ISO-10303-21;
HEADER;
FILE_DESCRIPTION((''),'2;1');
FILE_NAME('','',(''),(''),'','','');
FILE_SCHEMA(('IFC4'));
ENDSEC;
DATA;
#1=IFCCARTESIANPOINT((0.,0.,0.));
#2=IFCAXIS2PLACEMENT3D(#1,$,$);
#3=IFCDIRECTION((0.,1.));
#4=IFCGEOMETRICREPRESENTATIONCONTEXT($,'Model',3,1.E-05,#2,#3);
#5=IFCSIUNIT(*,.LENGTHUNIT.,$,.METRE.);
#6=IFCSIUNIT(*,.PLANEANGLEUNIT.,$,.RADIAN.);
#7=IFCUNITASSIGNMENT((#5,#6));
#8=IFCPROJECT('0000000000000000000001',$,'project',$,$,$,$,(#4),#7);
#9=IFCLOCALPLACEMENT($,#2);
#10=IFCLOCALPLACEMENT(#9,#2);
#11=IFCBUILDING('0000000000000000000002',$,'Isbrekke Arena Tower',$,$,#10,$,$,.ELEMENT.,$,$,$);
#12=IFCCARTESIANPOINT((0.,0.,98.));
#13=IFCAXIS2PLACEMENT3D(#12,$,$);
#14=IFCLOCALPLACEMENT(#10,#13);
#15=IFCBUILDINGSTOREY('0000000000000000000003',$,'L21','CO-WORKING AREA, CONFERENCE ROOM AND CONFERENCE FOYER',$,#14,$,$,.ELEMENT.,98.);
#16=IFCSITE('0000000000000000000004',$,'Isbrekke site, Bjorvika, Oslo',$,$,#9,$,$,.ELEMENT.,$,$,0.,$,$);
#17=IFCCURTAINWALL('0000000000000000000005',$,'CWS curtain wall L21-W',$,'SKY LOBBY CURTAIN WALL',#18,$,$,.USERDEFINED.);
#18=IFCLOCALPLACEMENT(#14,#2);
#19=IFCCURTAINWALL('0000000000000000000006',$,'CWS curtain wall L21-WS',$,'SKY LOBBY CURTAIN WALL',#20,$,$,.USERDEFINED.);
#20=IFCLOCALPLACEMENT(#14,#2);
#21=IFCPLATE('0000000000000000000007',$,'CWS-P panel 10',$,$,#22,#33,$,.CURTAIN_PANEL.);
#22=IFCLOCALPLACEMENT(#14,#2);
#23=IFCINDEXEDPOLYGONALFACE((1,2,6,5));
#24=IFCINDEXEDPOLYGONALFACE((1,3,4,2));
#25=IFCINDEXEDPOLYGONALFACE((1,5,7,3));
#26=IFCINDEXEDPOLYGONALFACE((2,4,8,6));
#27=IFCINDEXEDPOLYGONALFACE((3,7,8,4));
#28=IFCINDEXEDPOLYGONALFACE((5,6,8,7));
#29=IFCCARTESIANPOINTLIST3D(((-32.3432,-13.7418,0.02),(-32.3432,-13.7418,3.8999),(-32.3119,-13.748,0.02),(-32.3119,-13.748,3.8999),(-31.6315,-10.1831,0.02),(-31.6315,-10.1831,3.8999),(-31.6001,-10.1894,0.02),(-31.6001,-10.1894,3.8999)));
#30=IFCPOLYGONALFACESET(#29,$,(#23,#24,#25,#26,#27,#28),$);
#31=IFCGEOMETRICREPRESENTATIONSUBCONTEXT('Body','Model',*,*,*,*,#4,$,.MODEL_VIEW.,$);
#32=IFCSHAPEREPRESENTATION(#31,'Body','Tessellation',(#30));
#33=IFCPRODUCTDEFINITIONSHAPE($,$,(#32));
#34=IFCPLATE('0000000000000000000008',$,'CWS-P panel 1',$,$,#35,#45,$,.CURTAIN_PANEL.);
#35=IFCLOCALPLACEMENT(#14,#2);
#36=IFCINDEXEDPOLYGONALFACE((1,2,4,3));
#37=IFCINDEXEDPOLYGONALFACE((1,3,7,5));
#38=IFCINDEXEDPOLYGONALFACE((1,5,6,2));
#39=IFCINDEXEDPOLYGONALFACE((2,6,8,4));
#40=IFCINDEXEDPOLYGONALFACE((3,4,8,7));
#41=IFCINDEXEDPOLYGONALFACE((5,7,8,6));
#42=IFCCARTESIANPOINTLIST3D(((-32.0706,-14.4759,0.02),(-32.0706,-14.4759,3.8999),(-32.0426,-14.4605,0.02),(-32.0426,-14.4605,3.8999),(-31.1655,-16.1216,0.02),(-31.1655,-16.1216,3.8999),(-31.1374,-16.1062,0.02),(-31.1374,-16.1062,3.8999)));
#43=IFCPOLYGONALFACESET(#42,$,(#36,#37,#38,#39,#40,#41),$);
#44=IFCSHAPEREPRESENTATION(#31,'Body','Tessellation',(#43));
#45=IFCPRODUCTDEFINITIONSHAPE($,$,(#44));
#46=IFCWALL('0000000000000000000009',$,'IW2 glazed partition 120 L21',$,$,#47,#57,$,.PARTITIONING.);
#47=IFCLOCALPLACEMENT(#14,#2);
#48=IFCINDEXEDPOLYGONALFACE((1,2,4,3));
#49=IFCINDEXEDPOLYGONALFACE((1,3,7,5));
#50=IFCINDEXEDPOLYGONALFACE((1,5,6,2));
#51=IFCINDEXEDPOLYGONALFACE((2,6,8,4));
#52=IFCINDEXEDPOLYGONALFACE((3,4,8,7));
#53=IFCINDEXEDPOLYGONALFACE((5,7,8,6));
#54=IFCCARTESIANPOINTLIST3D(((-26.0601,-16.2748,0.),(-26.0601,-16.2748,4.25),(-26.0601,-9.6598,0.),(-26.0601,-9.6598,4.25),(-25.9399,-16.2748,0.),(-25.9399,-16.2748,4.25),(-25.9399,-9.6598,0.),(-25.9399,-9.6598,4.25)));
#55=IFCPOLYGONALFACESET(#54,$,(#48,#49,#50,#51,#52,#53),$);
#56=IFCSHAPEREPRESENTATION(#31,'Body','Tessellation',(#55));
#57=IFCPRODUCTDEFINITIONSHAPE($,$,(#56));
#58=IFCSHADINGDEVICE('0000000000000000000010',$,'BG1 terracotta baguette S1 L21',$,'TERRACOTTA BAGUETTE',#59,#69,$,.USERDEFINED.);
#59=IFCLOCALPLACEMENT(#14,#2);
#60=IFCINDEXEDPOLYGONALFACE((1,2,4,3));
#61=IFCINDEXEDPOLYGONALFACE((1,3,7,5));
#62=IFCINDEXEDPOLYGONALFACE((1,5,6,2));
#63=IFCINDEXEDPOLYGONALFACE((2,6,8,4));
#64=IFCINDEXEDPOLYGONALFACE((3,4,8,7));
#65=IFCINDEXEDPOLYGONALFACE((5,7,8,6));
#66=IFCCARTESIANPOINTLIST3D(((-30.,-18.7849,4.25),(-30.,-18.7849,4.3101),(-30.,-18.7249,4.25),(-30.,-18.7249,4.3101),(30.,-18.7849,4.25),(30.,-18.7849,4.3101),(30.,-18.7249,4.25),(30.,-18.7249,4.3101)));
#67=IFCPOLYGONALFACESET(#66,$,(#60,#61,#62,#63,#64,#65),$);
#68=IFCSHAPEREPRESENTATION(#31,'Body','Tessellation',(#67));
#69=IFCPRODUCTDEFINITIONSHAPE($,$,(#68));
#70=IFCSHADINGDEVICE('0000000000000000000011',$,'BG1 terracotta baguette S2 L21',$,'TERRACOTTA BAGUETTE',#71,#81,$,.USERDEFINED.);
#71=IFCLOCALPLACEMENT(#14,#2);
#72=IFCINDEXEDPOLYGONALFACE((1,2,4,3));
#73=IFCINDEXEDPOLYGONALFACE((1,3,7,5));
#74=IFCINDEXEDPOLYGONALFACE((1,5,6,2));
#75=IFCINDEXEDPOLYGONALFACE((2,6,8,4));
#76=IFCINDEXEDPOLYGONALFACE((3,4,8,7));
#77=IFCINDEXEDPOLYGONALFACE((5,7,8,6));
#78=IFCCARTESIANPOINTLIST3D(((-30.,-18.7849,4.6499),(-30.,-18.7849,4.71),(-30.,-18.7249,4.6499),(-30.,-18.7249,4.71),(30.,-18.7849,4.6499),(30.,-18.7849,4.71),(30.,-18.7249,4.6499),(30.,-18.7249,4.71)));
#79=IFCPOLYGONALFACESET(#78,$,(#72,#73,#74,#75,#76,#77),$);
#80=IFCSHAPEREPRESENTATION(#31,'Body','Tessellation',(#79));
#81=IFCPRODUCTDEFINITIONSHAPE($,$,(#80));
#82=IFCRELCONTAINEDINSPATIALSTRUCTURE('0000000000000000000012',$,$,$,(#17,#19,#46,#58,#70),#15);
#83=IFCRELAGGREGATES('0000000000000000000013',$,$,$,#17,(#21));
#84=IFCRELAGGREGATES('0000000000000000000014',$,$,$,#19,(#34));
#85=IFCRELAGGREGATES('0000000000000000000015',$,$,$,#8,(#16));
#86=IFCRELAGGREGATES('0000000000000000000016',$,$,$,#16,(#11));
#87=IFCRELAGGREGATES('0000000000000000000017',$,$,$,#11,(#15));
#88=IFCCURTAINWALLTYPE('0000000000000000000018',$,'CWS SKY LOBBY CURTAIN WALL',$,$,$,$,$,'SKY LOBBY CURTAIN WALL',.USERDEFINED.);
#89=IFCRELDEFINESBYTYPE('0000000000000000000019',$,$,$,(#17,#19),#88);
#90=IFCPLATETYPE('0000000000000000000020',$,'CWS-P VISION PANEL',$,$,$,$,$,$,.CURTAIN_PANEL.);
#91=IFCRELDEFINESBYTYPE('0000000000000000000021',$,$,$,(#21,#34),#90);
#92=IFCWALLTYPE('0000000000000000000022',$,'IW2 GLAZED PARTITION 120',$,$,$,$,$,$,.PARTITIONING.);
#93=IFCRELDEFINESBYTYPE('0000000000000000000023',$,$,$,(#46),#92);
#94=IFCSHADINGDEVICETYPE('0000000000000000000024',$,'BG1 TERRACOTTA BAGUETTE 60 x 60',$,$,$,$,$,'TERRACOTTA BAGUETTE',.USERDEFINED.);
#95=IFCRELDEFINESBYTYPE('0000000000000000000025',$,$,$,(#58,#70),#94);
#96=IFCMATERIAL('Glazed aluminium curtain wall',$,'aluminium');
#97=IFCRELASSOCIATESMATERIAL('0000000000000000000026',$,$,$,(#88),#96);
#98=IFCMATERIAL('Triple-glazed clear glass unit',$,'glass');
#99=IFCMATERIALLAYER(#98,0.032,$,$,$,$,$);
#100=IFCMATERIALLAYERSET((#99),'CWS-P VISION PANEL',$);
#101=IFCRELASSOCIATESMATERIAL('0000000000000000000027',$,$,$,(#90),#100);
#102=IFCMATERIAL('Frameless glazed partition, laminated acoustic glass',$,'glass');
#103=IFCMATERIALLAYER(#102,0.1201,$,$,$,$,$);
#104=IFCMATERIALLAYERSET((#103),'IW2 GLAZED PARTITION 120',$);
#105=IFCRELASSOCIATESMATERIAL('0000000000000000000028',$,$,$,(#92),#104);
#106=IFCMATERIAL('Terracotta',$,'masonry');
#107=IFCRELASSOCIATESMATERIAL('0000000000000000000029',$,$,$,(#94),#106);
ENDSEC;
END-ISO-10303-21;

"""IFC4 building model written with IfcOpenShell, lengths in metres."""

from ifc_helpers import new_model, si_unit, direction, frame, frame_2d, origin, origin_2d, place, context, subcontext, project, spatial, rectangle, extrude, material, layer, layer_set, material_profile, profile_set, type_object, element, aggregate, save


model = new_model("IFC4")

# Units and contexts
model_context = context("Model", 3, precision=1e-05, world=origin(), true_north=direction((0.0, 1.0)))
body_context = subcontext(model_context, "Body", "Model", "MODEL_VIEW")
ifc_project = project(units=[si_unit("LENGTHUNIT", "METRE"), si_unit("PLANEANGLEUNIT", "RADIAN")], contexts=[model_context])

# Site, building, storey
site_placement = place(None, origin())
site = spatial("IfcSite", under=ifc_project, at=site_placement, Name="Isbrekke site, Bjorvika, Oslo", CompositionType="ELEMENT", RefElevation=0.0)
building_placement = place(site_placement, origin())
building = spatial("IfcBuilding", under=site, at=building_placement, Name="Isbrekke Arena Tower", CompositionType="ELEMENT")
storey_placement = place(building_placement, frame((0.0, 0.0, 98.0)))
storey = spatial("IfcBuildingStorey", under=building, at=storey_placement, Name="L21", Description="CO-WORKING AREA, CONFERENCE ROOM AND CONFERENCE FOYER", CompositionType="ELEMENT", Elevation=98.0)

# Shared definitions
ifc_material_1 = material(Name="Glazed aluminium curtain wall", Category="aluminium")
curtain_wall_type = type_object("IfcCurtainWallType", Name="CWS SKY LOBBY CURTAIN WALL", ElementType="SKY LOBBY CURTAIN WALL", PredefinedType="USERDEFINED", material=ifc_material_1)

# Curtain wall
curtain_wall_1_placement = place(storey_placement, origin())
curtain_wall_1 = element("IfcCurtainWall", 1, at=curtain_wall_1_placement, inside=storey, type_object=curtain_wall_type, Name="CWS curtain wall L21-W", ObjectType="SKY LOBBY CURTAIN WALL", PredefinedType="USERDEFINED")

# Curtain wall
curtain_wall_2_placement = place(storey_placement, origin())
curtain_wall_2 = element("IfcCurtainWall", 2, at=curtain_wall_2_placement, inside=storey, type_object=curtain_wall_type, Name="CWS curtain wall L21-WS", ObjectType="SKY LOBBY CURTAIN WALL", PredefinedType="USERDEFINED")

# Plates
ifc_material_2 = material(Name="Triple-glazed clear glass unit", Category="glass")
ifc_layer_1 = layer(ifc_material_2, 0.032)
ifc_layer_set_1 = layer_set([ifc_layer_1], Name="CWS-P VISION PANEL")
plate_type = type_object("IfcPlateType", Name="CWS-P VISION PANEL", PredefinedType="CURTAIN_PANEL", material=ifc_layer_set_1)
plate_1_placement = place(storey_placement, frame((-31.9717, -11.9656, 0.02), z_axis=(0.0, 0.0, 1.0), x_axis=(-0.196116, -0.980581, 0.0)))
plate_1 = element("IfcPlate", 3, at=plate_1_placement, type_object=plate_type, Name="CWS-P panel 10", PredefinedType="CURTAIN_PANEL", context=body_context, shape_type="SweptSolid", body=[
    extrude(rectangle(XDim=3.6292, YDim=0.032, at=origin_2d()), origin(), (0.0, 0.0, 1.0), 3.8799),
])
aggregate(curtain_wall_1, [plate_1])
plate_2_placement = place(storey_placement, frame((-31.604, -15.291, 0.02), z_axis=(0.0, 0.0, 1.0), x_axis=(0.481919, -0.876216, 0.0)))
plate_2 = element("IfcPlate", 4, at=plate_2_placement, type_object=plate_type, Name="CWS-P panel 1", PredefinedType="CURTAIN_PANEL", context=body_context, shape_type="SweptSolid", body=[
    extrude(rectangle(XDim=1.8782, YDim=0.032, at=origin_2d()), origin(), (0.0, 0.0, 1.0), 3.8799),
])
aggregate(curtain_wall_2, [plate_2])

# Wall
ifc_material_3 = material(Name="Frameless glazed partition, laminated acoustic glass", Category="glass")
ifc_layer_2 = layer(ifc_material_3, 0.1201)
ifc_layer_set_2 = layer_set([ifc_layer_2], Name="IW2 GLAZED PARTITION 120")
wall_type = type_object("IfcWallType", Name="IW2 GLAZED PARTITION 120", PredefinedType="PARTITIONING", material=ifc_layer_set_2)
wall_placement = place(storey_placement, frame((-26.0, -16.2749, 0.0), z_axis=(0.0, 0.0, 1.0), x_axis=(0.0, 1.0, 0.0)))
element("IfcWall", 5, at=wall_placement, inside=storey, type_object=wall_type, Name="IW2 glazed partition 120 L21", PredefinedType="PARTITIONING", context=body_context, shape_type="SweptSolid", body=[
    extrude(rectangle(XDim=6.615, YDim=0.1201, at=frame_2d((3.3076, 0.0))), origin(), (0.0, 0.0, 1.0), 4.25),
])

# Shading devices
ifc_material_4 = material(Name="Terracotta", Category="masonry")
ifc_material_profile_1 = material_profile(ifc_material_4, rectangle(XDim=0.0601, YDim=0.0601, at=origin_2d()), Name="BAGUETTE 60X60")
ifc_profile_set_1 = profile_set([ifc_material_profile_1], Name="Terracotta")
shading_device_type = type_object("IfcShadingDeviceType", Name="BG1 TERRACOTTA BAGUETTE 60 x 60", ElementType="TERRACOTTA BAGUETTE", PredefinedType="USERDEFINED", material=ifc_profile_set_1)
for number, where, z_axis, x_axis, name in (
    (6, (-30.0, -18.7549, 4.28), (1.0, 0.0, 0.0), (0.0, 1.0, 0.0), "BG1 terracotta baguette S1 L21"),
    (7, (-30.0, -18.7549, 4.6799), (1.0, 0.0, 0.0), (0.0, 1.0, 0.0), "BG1 terracotta baguette S2 L21"),
):
    element("IfcShadingDevice", number, at=place(storey_placement, frame(where, z_axis=z_axis, x_axis=x_axis)), inside=storey, type_object=shading_device_type, Name=name, ObjectType="TERRACOTTA BAGUETTE", PredefinedType="USERDEFINED", context=body_context, shape_type="SweptSolid", body=[
        extrude(rectangle(XDim=0.0601, YDim=0.0601, at=origin_2d()), origin(), (0.0, 0.0, 1.0), 60.0),
    ])

save(model, "model.ifc")
